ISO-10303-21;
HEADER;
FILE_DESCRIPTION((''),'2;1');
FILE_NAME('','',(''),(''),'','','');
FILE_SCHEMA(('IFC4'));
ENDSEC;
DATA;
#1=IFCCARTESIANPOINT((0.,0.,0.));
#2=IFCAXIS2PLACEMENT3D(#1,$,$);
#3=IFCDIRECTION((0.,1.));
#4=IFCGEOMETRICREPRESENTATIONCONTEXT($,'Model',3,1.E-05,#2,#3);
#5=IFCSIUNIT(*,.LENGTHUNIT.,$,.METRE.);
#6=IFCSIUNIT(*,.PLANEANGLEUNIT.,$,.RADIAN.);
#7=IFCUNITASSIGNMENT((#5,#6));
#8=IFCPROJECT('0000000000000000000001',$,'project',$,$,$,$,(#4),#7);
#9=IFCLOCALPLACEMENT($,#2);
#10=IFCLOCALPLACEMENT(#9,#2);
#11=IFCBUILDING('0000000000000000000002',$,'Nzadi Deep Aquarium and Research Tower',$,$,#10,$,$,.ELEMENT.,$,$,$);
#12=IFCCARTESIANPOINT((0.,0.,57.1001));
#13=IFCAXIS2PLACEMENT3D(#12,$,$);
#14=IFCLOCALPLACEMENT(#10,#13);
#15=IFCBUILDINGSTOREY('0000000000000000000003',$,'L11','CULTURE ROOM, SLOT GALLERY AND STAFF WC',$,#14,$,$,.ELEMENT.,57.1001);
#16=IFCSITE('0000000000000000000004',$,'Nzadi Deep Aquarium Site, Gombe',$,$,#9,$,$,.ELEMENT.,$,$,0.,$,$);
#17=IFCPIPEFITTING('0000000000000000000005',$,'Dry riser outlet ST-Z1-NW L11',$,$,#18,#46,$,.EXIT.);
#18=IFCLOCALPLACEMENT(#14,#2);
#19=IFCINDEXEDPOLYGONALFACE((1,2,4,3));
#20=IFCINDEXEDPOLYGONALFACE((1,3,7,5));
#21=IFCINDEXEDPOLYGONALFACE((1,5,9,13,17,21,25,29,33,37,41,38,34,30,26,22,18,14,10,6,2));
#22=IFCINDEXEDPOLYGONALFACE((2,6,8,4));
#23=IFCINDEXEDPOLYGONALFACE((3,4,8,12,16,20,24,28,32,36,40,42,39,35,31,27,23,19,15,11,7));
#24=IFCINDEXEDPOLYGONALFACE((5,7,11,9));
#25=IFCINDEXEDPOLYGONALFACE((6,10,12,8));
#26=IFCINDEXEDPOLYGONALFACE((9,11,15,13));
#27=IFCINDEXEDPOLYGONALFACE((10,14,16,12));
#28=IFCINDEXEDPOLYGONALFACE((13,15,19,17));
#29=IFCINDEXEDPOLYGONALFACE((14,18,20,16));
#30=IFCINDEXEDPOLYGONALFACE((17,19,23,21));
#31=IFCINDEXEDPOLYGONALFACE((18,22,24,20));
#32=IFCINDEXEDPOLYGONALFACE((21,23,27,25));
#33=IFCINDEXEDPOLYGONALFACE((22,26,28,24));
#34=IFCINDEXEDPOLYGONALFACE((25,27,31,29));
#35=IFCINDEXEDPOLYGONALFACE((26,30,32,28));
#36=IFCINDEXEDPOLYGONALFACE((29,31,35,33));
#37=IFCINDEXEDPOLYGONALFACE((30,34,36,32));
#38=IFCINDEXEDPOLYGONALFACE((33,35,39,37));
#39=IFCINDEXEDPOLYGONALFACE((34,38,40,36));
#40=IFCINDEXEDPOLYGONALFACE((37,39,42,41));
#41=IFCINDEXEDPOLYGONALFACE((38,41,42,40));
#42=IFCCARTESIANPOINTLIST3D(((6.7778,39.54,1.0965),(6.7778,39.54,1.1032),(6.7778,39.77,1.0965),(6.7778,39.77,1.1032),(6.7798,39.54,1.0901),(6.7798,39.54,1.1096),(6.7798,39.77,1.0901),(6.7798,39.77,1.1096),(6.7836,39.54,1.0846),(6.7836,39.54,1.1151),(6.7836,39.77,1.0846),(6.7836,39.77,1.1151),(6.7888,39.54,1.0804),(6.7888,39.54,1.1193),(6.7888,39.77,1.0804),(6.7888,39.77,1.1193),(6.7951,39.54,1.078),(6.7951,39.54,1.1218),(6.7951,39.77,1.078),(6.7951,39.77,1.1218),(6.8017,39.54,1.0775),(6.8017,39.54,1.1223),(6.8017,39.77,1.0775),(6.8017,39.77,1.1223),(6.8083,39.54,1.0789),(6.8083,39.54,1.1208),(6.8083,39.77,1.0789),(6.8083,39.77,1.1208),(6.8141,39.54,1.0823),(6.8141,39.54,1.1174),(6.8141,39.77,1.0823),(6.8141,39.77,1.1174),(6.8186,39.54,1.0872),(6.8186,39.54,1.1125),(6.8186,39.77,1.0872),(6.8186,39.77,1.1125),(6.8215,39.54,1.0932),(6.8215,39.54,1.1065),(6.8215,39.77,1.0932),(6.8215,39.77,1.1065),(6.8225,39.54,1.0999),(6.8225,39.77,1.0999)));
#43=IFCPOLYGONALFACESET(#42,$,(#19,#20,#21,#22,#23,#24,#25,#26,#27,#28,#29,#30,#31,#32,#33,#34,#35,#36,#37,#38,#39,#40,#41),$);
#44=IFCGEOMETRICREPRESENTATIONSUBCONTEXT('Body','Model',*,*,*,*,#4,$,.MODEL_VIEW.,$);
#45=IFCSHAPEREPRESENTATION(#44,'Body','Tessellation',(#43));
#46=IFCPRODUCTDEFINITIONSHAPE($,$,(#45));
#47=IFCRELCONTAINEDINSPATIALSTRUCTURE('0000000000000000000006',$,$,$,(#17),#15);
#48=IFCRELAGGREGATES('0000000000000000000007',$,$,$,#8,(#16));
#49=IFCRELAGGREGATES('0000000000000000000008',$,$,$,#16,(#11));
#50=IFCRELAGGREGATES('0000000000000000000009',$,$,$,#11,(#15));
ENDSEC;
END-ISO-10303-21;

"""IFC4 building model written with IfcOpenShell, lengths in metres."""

from ifc_helpers import new_model, si_unit, direction, frame, origin, origin_2d, place, context, subcontext, project, spatial, circle, extrude, element, save


model = new_model("IFC4")

# Units and contexts
model_context = context("Model", 3, precision=1e-05, world=origin(), true_north=direction((0.0, 1.0)))
body_context = subcontext(model_context, "Body", "Model", "MODEL_VIEW")
ifc_project = project(units=[si_unit("LENGTHUNIT", "METRE"), si_unit("PLANEANGLEUNIT", "RADIAN")], contexts=[model_context])

# Site, building, storey
site_placement = place(None, origin())
site = spatial("IfcSite", under=ifc_project, at=site_placement, Name="Nzadi Deep Aquarium Site, Gombe", CompositionType="ELEMENT", RefElevation=0.0)
building_placement = place(site_placement, origin())
building = spatial("IfcBuilding", under=site, at=building_placement, Name="Nzadi Deep Aquarium and Research Tower", CompositionType="ELEMENT")
storey_placement = place(building_placement, frame((0.0, 0.0, 57.1001)))
storey = spatial("IfcBuildingStorey", under=building, at=storey_placement, Name="L11", Description="CULTURE ROOM, SLOT GALLERY AND STAFF WC", CompositionType="ELEMENT", Elevation=57.1001)

# Pipe fitting
pipe_fitting_placement = place(storey_placement, frame((6.8, 39.77, 1.0999), z_axis=(0.0, -1.0, 0.0), x_axis=(1.0, 0.0, 0.0)))
element("IfcPipeFitting", 1, at=pipe_fitting_placement, inside=storey, Name="Dry riser outlet ST-Z1-NW L11", PredefinedType="EXIT", context=body_context, shape_type="SweptSolid", body=[
    extrude(circle(Radius=0.0225, at=origin_2d()), origin(), (0.0, 0.0, 1.0), 0.23),
])

save(model, "model.ifc")
